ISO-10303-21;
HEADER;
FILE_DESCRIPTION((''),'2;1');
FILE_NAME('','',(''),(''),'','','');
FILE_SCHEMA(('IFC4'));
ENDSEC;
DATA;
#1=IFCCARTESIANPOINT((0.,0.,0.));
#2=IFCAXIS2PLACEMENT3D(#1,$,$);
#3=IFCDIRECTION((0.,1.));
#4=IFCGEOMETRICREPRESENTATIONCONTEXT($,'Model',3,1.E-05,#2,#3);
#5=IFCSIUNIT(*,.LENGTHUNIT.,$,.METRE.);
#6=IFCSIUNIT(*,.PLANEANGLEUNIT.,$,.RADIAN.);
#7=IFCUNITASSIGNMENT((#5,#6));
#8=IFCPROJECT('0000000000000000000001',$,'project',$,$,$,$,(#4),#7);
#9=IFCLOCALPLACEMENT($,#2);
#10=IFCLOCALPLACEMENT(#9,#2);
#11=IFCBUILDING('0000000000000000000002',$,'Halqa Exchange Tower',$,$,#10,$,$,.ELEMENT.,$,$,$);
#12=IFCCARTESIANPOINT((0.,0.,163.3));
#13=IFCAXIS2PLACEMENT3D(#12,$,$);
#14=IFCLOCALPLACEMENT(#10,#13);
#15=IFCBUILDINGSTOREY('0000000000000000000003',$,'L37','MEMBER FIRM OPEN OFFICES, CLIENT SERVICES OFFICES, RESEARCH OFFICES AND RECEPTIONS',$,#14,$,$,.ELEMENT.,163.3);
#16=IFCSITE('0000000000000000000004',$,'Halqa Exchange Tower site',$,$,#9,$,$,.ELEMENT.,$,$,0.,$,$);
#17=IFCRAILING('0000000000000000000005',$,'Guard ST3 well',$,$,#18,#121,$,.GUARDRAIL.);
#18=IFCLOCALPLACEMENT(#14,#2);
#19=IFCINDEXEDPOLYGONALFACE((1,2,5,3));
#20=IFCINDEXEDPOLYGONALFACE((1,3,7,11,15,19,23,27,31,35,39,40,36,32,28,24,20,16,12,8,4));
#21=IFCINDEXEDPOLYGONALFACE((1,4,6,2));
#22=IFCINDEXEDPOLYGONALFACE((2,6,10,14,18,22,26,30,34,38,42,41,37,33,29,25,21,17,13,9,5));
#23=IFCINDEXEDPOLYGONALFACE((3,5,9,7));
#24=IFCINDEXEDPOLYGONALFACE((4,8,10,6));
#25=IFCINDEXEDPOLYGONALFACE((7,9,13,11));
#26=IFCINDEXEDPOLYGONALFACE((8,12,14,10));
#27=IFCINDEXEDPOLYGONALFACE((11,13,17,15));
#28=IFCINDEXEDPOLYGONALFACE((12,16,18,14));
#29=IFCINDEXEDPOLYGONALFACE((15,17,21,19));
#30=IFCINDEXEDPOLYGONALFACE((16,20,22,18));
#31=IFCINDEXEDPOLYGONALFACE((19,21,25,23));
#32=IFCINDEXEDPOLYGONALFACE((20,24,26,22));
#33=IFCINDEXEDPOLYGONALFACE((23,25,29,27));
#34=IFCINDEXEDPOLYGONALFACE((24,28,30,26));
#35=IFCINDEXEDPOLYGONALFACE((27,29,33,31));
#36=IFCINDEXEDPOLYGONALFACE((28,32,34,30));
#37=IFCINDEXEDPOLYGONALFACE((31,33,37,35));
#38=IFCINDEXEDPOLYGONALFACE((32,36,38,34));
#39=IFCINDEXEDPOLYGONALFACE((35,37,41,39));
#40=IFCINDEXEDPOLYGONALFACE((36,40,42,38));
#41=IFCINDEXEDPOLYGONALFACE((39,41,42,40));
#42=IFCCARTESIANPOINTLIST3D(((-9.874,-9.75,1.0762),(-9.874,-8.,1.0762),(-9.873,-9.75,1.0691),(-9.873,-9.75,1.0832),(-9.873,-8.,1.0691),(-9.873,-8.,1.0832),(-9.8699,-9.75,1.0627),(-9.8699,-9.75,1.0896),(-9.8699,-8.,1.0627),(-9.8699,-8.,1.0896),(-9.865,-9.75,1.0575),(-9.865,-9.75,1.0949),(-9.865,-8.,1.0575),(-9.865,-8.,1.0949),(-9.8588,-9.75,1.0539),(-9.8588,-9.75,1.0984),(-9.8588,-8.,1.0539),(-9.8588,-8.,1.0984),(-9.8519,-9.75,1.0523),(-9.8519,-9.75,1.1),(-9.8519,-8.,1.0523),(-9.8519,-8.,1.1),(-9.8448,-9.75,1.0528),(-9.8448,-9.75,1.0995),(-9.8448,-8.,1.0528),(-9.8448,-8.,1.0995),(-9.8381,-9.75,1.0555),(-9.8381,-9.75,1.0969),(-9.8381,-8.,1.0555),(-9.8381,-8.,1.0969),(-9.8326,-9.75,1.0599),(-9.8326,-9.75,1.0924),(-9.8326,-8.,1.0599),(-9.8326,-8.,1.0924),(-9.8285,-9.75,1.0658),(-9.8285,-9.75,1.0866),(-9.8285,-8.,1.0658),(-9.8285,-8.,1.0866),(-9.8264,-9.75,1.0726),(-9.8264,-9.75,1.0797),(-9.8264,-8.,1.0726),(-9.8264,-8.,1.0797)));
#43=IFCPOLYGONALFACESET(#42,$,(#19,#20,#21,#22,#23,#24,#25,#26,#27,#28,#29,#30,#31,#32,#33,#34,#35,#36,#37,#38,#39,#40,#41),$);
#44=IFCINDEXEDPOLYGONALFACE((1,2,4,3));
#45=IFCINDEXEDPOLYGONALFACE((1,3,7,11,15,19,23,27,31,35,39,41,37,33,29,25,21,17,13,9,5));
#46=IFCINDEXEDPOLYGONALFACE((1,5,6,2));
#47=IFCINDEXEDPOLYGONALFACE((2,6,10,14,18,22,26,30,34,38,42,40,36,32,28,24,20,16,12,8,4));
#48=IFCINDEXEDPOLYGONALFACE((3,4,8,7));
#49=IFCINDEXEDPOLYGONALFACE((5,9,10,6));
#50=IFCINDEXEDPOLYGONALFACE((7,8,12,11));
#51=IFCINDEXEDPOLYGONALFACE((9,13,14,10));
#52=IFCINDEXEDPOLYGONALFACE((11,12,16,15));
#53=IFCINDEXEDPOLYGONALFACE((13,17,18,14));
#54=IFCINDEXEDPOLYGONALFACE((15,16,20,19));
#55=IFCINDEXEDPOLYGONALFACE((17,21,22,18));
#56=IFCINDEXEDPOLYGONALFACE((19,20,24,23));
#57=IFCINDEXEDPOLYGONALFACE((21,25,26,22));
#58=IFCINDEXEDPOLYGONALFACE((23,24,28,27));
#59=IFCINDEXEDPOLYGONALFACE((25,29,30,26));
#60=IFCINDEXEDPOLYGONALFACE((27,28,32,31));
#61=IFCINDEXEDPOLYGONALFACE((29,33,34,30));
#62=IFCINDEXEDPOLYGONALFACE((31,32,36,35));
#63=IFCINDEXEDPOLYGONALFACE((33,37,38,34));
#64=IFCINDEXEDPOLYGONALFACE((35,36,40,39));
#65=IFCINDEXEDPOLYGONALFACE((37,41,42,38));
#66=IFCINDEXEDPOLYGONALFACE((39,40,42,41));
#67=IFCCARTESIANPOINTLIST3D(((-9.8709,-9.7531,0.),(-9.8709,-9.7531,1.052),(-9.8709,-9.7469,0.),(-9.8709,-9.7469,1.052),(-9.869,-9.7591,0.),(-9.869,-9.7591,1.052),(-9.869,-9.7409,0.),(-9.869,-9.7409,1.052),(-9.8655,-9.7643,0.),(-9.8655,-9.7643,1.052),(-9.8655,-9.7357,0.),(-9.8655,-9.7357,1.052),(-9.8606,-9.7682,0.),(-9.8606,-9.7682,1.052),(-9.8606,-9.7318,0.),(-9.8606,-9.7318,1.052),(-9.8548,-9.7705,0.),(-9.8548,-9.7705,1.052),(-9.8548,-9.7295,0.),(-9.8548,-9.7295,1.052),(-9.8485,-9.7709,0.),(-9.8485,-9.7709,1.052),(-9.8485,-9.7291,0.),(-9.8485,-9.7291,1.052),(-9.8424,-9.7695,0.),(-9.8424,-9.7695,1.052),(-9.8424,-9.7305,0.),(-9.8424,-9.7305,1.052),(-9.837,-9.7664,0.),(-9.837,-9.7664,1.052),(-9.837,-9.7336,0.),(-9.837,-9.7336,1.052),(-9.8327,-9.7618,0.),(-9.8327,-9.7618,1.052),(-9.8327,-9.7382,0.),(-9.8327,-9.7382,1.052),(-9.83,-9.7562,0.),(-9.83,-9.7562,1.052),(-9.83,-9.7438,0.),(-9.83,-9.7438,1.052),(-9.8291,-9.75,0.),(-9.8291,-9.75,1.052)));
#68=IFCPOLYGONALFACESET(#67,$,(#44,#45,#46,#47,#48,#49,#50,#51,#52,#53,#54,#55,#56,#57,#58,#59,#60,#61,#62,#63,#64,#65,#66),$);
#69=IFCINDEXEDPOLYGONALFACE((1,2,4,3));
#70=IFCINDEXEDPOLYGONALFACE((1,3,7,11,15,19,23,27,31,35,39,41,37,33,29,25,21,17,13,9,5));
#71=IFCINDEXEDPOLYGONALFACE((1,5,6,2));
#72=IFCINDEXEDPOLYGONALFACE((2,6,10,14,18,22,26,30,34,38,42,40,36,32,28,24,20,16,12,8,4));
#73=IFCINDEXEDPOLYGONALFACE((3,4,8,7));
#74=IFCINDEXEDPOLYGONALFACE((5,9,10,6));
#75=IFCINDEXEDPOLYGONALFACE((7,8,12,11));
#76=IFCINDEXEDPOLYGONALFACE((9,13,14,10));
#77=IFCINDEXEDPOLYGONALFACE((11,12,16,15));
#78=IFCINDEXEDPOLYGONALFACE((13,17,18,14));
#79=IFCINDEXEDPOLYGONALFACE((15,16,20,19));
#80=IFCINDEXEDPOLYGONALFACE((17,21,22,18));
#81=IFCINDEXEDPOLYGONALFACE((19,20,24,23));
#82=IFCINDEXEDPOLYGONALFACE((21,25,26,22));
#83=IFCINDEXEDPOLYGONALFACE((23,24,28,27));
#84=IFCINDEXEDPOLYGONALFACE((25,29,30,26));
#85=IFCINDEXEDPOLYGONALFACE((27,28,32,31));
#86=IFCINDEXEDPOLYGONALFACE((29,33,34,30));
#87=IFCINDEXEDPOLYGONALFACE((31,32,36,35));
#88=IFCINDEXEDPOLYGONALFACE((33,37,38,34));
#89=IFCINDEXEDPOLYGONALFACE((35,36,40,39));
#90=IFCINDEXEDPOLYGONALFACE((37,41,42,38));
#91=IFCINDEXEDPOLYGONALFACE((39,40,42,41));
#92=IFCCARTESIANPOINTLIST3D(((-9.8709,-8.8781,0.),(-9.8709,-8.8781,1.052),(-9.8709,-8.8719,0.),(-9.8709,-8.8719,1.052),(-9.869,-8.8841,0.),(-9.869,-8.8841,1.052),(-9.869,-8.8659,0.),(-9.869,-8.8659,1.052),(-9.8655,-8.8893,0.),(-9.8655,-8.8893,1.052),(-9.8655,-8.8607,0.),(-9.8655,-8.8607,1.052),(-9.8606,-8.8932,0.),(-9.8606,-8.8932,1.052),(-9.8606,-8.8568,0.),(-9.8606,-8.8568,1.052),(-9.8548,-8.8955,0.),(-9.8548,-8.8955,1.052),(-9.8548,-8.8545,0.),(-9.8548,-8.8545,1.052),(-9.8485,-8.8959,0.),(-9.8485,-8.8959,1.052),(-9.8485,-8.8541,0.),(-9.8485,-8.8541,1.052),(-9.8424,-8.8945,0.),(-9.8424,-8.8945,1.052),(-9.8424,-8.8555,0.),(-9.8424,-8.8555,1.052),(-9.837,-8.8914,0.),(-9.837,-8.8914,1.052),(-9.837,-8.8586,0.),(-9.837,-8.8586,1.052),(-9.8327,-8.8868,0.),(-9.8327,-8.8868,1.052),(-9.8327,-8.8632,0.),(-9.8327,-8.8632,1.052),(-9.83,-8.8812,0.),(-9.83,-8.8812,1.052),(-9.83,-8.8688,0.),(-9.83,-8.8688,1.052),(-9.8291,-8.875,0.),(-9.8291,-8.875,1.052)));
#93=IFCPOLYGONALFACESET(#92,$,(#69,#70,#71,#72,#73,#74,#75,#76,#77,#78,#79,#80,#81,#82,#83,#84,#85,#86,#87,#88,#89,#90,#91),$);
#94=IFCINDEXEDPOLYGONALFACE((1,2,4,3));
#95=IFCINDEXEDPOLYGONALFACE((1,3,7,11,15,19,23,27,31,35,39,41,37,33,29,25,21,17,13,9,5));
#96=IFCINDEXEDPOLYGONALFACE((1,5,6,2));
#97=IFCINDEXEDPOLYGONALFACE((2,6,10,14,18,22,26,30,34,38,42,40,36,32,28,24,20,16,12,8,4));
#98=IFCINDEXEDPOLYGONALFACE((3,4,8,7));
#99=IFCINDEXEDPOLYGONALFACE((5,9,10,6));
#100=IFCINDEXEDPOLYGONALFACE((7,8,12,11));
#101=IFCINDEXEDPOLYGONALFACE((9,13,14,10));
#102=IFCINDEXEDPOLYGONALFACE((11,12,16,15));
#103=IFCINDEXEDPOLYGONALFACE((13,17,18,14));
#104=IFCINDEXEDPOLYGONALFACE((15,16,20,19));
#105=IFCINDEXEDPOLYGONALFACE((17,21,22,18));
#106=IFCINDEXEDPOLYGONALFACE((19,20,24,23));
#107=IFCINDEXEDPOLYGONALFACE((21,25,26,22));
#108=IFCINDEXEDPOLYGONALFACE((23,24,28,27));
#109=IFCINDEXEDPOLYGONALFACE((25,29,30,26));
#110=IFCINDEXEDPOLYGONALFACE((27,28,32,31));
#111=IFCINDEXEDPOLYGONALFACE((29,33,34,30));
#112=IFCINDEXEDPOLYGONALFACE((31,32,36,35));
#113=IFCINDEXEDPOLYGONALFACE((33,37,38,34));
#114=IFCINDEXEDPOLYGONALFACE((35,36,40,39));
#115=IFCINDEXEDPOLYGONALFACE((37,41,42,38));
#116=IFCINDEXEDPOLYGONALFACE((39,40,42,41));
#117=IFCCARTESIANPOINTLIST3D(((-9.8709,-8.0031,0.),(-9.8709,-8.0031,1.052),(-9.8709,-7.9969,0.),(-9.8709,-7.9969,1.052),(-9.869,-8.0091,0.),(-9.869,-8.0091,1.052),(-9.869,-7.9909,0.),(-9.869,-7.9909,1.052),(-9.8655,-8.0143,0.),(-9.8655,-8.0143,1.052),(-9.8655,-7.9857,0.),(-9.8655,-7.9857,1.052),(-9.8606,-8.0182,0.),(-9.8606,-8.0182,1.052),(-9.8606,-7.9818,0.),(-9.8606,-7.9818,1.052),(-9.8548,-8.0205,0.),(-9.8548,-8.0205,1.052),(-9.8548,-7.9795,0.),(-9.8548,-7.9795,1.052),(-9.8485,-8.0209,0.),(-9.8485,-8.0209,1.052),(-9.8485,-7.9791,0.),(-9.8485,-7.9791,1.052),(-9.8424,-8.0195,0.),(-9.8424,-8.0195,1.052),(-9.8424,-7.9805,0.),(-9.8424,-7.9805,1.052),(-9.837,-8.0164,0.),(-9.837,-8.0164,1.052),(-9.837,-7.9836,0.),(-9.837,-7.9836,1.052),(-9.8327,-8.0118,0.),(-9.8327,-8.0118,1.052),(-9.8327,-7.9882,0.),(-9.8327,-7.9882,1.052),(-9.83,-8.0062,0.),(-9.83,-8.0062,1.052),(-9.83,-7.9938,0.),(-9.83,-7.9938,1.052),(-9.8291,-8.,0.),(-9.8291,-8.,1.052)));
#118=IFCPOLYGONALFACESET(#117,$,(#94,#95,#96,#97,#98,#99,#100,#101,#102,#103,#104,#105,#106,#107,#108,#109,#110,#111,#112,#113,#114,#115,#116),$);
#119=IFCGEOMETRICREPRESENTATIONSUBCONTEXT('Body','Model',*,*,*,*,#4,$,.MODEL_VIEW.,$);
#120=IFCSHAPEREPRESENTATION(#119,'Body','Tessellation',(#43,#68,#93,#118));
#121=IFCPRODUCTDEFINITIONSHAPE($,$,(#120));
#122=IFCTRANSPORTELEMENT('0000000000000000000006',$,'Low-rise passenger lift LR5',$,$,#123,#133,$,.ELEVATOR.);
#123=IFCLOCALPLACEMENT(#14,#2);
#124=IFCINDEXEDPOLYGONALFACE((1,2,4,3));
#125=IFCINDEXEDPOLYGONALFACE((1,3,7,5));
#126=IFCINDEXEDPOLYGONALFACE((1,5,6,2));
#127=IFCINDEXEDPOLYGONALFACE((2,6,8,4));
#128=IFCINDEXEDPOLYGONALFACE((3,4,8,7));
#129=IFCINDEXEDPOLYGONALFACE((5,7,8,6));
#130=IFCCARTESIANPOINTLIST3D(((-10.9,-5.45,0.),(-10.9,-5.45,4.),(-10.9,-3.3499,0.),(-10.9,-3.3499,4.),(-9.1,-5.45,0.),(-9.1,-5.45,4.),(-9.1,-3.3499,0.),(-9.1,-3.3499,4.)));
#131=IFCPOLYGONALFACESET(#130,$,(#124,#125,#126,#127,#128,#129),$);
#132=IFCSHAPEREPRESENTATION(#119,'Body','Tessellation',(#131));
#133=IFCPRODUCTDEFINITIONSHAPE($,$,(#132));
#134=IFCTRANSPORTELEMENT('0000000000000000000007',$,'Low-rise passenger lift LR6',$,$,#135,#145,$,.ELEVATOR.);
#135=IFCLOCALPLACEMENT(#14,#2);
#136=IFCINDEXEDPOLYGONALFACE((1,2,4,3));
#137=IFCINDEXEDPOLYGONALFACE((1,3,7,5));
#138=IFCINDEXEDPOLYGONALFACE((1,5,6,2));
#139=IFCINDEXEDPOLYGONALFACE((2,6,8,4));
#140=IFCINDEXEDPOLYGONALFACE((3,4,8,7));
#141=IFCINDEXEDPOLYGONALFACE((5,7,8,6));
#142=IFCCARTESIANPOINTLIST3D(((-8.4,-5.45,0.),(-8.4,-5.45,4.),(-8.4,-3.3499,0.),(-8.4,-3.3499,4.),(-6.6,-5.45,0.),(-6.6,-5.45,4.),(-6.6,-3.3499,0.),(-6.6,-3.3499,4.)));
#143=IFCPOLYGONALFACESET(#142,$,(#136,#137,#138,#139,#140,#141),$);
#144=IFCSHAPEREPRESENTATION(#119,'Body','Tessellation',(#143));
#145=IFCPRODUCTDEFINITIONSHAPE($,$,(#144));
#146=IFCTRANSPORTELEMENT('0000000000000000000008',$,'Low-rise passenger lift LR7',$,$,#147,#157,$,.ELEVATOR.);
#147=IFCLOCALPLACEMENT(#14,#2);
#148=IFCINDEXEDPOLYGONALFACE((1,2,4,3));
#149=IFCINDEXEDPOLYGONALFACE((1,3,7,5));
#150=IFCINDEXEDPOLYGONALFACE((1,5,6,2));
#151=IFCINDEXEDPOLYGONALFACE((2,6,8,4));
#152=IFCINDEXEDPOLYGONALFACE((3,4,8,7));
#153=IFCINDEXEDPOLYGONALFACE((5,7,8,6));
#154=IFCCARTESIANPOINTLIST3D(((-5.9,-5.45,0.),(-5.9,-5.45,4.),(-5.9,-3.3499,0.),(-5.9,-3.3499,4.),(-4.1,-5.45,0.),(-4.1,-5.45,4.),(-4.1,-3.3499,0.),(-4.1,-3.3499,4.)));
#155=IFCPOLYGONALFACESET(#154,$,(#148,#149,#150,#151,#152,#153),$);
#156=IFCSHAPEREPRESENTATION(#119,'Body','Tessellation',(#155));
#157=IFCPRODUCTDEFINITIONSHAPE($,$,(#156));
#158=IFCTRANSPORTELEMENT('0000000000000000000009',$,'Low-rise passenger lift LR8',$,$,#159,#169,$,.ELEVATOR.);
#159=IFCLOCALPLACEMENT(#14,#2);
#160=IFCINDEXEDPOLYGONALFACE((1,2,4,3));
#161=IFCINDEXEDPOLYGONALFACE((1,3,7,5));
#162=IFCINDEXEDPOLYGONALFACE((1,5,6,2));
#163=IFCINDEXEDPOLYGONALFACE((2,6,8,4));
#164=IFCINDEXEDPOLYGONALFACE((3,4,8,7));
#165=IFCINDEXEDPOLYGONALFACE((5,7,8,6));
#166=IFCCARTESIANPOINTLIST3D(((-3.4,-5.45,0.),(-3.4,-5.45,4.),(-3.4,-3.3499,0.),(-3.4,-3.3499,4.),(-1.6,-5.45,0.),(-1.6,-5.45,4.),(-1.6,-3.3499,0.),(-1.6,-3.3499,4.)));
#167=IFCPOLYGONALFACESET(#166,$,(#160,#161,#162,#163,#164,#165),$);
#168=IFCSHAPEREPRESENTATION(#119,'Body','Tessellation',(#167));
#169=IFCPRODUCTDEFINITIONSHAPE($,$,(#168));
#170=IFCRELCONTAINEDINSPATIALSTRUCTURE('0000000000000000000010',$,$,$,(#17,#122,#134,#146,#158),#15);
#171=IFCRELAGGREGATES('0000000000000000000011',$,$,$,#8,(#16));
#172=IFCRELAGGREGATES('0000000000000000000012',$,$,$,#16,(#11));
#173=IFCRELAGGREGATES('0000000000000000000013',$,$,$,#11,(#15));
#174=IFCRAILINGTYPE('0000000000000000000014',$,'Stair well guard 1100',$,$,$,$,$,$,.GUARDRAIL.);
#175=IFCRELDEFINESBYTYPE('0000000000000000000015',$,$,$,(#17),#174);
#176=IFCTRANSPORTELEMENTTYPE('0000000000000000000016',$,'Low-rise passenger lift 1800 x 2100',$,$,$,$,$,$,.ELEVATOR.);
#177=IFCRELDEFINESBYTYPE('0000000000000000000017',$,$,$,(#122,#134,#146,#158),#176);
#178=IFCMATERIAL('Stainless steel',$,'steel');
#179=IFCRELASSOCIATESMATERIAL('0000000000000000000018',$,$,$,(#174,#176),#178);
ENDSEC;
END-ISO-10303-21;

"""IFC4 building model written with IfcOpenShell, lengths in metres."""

from ifc_helpers import new_model, si_unit, direction, frame, origin, origin_2d, place, context, subcontext, project, spatial, rectangle, circle, extrude, material, type_object, element, save


model = new_model("IFC4")

# Units and contexts
model_context = context("Model", 3, precision=1e-05, world=origin(), true_north=direction((0.0, 1.0)))
body_context = subcontext(model_context, "Body", "Model", "MODEL_VIEW")
ifc_project = project(units=[si_unit("LENGTHUNIT", "METRE"), si_unit("PLANEANGLEUNIT", "RADIAN")], contexts=[model_context])

# Site, building, storey
site_placement = place(None, origin())
site = spatial("IfcSite", under=ifc_project, at=site_placement, Name="Halqa Exchange Tower site", CompositionType="ELEMENT", RefElevation=0.0)
building_placement = place(site_placement, origin())
building = spatial("IfcBuilding", under=site, at=building_placement, Name="Halqa Exchange Tower", CompositionType="ELEMENT")
storey_placement = place(building_placement, frame((0.0, 0.0, 163.3)))
storey = spatial("IfcBuildingStorey", under=building, at=storey_placement, Name="L37", Description="MEMBER FIRM OPEN OFFICES, CLIENT SERVICES OFFICES, RESEARCH OFFICES AND RECEPTIONS", CompositionType="ELEMENT", Elevation=163.3)

# Shared definitions
ifc_material_1 = material(Name="Stainless steel", Category="steel")

# Railing
railing_type_1 = type_object("IfcRailingType", Name="Stair well guard 1100", PredefinedType="GUARDRAIL", material=ifc_material_1)
railing_1_placement = place(storey_placement, frame((-9.8501, -9.75, 0.0)))
element("IfcRailing", 1, at=railing_1_placement, inside=storey, type_object=railing_type_1, Name="Guard ST3 well", PredefinedType="GUARDRAIL", context=body_context, shape_type="SweptSolid", body=[
    extrude(circle(Radius=0.0239, at=origin_2d()), frame((0.0, 0.0, 1.0762), z_axis=(0.0, 1.0, 0.0), x_axis=(-1.0, 0.0, 0.0)), (0.0, 0.0, 1.0), 1.75),
    extrude(circle(Radius=0.021, at=origin_2d()), origin(), (0.0, 0.0, 1.0), 1.052),
    extrude(circle(Radius=0.021, at=origin_2d()), frame((0.0, 0.875, 0.0)), (0.0, 0.0, 1.0), 1.052),
    extrude(circle(Radius=0.021, at=origin_2d()), frame((0.0, 1.75, 0.0)), (0.0, 0.0, 1.0), 1.052),
])

# Transport elements
transport_element_type = type_object("IfcTransportElementType", Name="Low-rise passenger lift 1800 x 2100", PredefinedType="ELEVATOR", material=ifc_material_1)
for number, where, z_axis, x_axis, name in (
    (2, (-10.0, -4.3999, 0.0), (0.0, 0.0, 1.0), (1.0, 0.0, 0.0), "Low-rise passenger lift LR5"),
    (3, (-7.5, -4.3999, 0.0), (0.0, 0.0, 1.0), (1.0, 0.0, 0.0), "Low-rise passenger lift LR6"),
    (4, (-5.0, -4.3999, 0.0), (0.0, 0.0, 1.0), (1.0, 0.0, 0.0), "Low-rise passenger lift LR7"),
    (5, (-2.5, -4.3999, 0.0), (0.0, 0.0, 1.0), (1.0, 0.0, 0.0), "Low-rise passenger lift LR8"),
):
    element("IfcTransportElement", number, at=place(storey_placement, frame(where, z_axis=z_axis, x_axis=x_axis)), inside=storey, type_object=transport_element_type, Name=name, PredefinedType="ELEVATOR", context=body_context, shape_type="SweptSolid", body=[
        extrude(rectangle(XDim=1.8, YDim=2.1001, at=origin_2d()), origin(), (0.0, 0.0, 1.0), 4.0),
    ])

save(model, "model.ifc")
